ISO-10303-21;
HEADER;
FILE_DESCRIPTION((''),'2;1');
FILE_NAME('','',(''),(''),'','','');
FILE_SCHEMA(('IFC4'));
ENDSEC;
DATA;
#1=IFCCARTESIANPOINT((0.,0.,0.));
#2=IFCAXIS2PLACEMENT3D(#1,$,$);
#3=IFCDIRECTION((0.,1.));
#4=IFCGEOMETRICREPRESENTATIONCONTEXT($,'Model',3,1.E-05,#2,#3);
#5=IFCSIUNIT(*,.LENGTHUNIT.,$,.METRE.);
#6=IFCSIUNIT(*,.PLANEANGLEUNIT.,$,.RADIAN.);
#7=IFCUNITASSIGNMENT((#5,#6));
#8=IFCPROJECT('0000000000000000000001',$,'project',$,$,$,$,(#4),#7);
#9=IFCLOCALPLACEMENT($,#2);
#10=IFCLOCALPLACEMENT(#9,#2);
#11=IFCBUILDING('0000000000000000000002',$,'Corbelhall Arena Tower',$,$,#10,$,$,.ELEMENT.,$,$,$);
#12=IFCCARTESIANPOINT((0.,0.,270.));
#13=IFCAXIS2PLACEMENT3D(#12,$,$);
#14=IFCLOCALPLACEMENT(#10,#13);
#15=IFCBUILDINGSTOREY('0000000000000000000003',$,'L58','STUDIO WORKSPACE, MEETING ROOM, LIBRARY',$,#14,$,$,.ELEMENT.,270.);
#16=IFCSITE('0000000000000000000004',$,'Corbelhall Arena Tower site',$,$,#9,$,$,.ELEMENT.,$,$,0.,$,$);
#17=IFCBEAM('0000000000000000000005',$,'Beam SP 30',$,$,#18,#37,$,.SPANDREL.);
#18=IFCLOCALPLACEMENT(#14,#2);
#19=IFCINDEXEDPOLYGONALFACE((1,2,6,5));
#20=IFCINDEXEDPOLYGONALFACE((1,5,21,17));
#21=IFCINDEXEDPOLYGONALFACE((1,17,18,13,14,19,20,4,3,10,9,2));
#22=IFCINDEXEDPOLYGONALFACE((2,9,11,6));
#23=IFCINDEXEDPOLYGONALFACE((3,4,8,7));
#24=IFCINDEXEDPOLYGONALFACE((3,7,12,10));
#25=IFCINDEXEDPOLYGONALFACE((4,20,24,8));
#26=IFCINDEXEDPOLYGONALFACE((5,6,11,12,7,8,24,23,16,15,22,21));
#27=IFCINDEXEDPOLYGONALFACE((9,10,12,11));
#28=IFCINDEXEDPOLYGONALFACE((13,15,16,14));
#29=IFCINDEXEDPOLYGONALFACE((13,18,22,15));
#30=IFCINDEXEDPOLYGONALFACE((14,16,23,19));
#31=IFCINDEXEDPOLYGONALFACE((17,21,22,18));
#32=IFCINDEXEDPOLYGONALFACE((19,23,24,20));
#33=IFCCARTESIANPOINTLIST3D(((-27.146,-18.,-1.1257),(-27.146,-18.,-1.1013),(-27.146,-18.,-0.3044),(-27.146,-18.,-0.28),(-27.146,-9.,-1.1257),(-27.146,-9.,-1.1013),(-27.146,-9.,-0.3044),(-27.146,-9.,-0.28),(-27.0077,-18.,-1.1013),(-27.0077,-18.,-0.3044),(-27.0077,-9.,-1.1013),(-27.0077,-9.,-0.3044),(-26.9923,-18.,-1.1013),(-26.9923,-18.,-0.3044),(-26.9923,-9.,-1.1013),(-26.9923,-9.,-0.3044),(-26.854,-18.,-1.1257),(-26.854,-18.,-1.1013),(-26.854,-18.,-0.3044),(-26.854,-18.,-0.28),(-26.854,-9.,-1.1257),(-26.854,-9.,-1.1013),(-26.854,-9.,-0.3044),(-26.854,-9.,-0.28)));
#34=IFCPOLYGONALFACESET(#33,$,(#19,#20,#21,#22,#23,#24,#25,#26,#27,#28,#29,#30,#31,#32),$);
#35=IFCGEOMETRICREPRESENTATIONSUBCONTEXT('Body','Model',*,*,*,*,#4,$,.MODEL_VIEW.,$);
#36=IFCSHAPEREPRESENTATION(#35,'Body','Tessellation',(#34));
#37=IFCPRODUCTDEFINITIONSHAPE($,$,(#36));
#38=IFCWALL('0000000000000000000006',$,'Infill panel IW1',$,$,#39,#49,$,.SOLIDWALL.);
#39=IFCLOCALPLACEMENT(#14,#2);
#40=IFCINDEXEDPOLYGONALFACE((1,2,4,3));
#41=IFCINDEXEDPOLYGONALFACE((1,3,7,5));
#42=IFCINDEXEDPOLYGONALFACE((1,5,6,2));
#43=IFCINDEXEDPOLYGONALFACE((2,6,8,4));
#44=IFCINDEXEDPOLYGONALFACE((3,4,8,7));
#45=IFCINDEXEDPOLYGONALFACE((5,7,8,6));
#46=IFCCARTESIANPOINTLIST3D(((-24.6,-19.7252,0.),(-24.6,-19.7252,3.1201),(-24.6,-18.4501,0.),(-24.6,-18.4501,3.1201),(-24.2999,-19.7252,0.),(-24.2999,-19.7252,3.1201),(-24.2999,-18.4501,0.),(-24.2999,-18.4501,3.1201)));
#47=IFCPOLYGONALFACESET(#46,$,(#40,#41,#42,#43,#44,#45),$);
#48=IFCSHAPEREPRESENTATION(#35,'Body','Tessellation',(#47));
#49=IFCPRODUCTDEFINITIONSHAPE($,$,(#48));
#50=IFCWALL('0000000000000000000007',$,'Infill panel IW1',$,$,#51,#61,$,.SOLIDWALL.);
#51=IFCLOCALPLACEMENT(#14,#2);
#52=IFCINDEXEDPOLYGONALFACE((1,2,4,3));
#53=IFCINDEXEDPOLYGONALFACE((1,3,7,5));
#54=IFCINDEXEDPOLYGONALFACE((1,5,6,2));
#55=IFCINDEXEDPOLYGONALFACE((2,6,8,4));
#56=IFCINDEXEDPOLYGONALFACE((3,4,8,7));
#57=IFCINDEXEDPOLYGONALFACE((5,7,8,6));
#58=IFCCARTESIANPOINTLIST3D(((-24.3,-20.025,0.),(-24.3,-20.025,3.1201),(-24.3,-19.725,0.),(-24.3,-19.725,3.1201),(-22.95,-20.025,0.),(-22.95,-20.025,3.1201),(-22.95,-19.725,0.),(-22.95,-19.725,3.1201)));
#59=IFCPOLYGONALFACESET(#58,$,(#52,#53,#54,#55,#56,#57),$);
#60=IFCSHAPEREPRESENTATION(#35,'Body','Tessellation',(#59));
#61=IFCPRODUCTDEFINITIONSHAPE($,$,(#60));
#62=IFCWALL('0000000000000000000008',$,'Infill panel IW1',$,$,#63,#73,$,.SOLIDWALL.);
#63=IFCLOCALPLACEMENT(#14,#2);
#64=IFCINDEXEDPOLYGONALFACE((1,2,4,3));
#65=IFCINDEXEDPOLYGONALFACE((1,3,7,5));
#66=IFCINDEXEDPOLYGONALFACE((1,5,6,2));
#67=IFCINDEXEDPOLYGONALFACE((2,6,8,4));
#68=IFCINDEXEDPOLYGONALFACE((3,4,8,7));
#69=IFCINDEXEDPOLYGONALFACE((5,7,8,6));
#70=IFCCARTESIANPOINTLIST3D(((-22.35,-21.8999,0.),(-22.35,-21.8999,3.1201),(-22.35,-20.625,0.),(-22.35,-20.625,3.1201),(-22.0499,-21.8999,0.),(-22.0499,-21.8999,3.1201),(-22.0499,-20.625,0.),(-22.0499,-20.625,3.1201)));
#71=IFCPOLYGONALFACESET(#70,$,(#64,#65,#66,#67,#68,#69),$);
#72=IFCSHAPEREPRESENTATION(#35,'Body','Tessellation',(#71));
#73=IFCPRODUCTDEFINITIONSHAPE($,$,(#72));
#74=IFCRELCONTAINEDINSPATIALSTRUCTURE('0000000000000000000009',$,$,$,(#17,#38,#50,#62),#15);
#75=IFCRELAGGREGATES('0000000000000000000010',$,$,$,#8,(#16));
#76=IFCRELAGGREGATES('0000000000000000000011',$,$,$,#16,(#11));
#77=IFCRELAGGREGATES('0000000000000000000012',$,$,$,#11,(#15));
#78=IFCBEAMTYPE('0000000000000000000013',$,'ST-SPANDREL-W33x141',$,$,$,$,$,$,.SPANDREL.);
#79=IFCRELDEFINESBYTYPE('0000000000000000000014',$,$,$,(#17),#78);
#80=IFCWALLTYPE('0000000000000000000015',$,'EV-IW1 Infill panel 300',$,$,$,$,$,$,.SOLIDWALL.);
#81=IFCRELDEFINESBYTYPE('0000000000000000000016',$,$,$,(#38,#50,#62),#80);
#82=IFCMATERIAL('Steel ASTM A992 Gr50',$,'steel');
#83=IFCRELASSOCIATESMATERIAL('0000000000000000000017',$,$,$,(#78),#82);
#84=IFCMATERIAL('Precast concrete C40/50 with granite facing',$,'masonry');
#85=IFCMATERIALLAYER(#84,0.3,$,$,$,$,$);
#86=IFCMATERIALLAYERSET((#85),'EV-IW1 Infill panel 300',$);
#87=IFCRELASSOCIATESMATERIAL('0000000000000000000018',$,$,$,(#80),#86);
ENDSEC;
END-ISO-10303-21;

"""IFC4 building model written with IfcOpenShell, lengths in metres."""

from ifc_helpers import new_model, si_unit, direction, frame, frame_2d, origin, origin_2d, place, context, subcontext, project, spatial, rectangle, i_section, extrude, material, layer, layer_set, material_profile, profile_set, type_object, element, save


model = new_model("IFC4")

# Units and contexts
model_context = context("Model", 3, precision=1e-05, world=origin(), true_north=direction((0.0, 1.0)))
body_context = subcontext(model_context, "Body", "Model", "MODEL_VIEW")
ifc_project = project(units=[si_unit("LENGTHUNIT", "METRE"), si_unit("PLANEANGLEUNIT", "RADIAN")], contexts=[model_context])

# Site, building, storey
site_placement = place(None, origin())
site = spatial("IfcSite", under=ifc_project, at=site_placement, Name="Corbelhall Arena Tower site", CompositionType="ELEMENT", RefElevation=0.0)
building_placement = place(site_placement, origin())
building = spatial("IfcBuilding", under=site, at=building_placement, Name="Corbelhall Arena Tower", CompositionType="ELEMENT")
storey_placement = place(building_placement, frame((0.0, 0.0, 270.0)))
storey = spatial("IfcBuildingStorey", under=building, at=storey_placement, Name="L58", Description="STUDIO WORKSPACE, MEETING ROOM, LIBRARY", CompositionType="ELEMENT", Elevation=270.0)

# Beam
ifc_material_1 = material(Name="Steel ASTM A992 Gr50", Category="steel")
ifc_material_profile_1 = material_profile(ifc_material_1, i_section(OverallWidth=0.292, OverallDepth=0.8457, WebThickness=0.0154, FlangeThickness=0.0244, at=origin_2d()))
ifc_profile_set_1 = profile_set([ifc_material_profile_1], Name="Steel ASTM A992 Gr50")
beam_type_1 = type_object("IfcBeamType", Name="ST-SPANDREL-W33x141", PredefinedType="SPANDREL", material=ifc_profile_set_1)
beam_1_placement = place(storey_placement, frame((-27.0, -18.0, -0.7029), z_axis=(0.0, 1.0, 0.0), x_axis=(-1.0, 0.0, 0.0)))
element("IfcBeam", 1, at=beam_1_placement, inside=storey, type_object=beam_type_1, Name="Beam SP 30", PredefinedType="SPANDREL", context=body_context, shape_type="SweptSolid", body=[
    extrude(i_section(OverallWidth=0.292, OverallDepth=0.8457, WebThickness=0.0154, FlangeThickness=0.0244, at=origin_2d()), origin(), (0.0, 0.0, 1.0), 9.0),
])

# Walls
ifc_material_2 = material(Name="Precast concrete C40/50 with granite facing", Category="masonry")
ifc_layer_1 = layer(ifc_material_2, 0.3)
ifc_layer_set_1 = layer_set([ifc_layer_1], Name="EV-IW1 Infill panel 300")
wall_type_1 = type_object("IfcWallType", Name="EV-IW1 Infill panel 300", PredefinedType="SOLIDWALL", material=ifc_layer_set_1)
wall_1_placement = place(storey_placement, frame((-24.45, -18.45, 0.0), z_axis=(0.0, 0.0, 1.0), x_axis=(0.0, -1.0, 0.0)))
element("IfcWall", 2, at=wall_1_placement, inside=storey, type_object=wall_type_1, Name="Infill panel IW1", PredefinedType="SOLIDWALL", context=body_context, shape_type="SweptSolid", body=[
    extrude(rectangle(XDim=1.2751, YDim=0.3, at=frame_2d((0.6377, 0.0))), origin(), (0.0, 0.0, 1.0), 3.1201),
])
wall_2_placement = place(storey_placement, frame((-24.3, -19.875, 0.0), z_axis=(0.0, 0.0, 1.0), x_axis=(1.0, 0.0, 0.0)))
element("IfcWall", 3, at=wall_2_placement, inside=storey, type_object=wall_type_1, Name="Infill panel IW1", PredefinedType="SOLIDWALL", context=body_context, shape_type="SweptSolid", body=[
    extrude(rectangle(XDim=1.3501, YDim=0.3, at=frame_2d((0.675, 0.0))), origin(), (0.0, 0.0, 1.0), 3.1201),
])
wall_3_placement = place(storey_placement, frame((-22.2, -20.625, 0.0), z_axis=(0.0, 0.0, 1.0), x_axis=(0.0, -1.0, 0.0)))
element("IfcWall", 4, at=wall_3_placement, inside=storey, type_object=wall_type_1, Name="Infill panel IW1", PredefinedType="SOLIDWALL", context=body_context, shape_type="SweptSolid", body=[
    extrude(rectangle(XDim=1.2749, YDim=0.3, at=frame_2d((0.6375, 0.0))), origin(), (0.0, 0.0, 1.0), 3.1201),
])

save(model, "model.ifc")
